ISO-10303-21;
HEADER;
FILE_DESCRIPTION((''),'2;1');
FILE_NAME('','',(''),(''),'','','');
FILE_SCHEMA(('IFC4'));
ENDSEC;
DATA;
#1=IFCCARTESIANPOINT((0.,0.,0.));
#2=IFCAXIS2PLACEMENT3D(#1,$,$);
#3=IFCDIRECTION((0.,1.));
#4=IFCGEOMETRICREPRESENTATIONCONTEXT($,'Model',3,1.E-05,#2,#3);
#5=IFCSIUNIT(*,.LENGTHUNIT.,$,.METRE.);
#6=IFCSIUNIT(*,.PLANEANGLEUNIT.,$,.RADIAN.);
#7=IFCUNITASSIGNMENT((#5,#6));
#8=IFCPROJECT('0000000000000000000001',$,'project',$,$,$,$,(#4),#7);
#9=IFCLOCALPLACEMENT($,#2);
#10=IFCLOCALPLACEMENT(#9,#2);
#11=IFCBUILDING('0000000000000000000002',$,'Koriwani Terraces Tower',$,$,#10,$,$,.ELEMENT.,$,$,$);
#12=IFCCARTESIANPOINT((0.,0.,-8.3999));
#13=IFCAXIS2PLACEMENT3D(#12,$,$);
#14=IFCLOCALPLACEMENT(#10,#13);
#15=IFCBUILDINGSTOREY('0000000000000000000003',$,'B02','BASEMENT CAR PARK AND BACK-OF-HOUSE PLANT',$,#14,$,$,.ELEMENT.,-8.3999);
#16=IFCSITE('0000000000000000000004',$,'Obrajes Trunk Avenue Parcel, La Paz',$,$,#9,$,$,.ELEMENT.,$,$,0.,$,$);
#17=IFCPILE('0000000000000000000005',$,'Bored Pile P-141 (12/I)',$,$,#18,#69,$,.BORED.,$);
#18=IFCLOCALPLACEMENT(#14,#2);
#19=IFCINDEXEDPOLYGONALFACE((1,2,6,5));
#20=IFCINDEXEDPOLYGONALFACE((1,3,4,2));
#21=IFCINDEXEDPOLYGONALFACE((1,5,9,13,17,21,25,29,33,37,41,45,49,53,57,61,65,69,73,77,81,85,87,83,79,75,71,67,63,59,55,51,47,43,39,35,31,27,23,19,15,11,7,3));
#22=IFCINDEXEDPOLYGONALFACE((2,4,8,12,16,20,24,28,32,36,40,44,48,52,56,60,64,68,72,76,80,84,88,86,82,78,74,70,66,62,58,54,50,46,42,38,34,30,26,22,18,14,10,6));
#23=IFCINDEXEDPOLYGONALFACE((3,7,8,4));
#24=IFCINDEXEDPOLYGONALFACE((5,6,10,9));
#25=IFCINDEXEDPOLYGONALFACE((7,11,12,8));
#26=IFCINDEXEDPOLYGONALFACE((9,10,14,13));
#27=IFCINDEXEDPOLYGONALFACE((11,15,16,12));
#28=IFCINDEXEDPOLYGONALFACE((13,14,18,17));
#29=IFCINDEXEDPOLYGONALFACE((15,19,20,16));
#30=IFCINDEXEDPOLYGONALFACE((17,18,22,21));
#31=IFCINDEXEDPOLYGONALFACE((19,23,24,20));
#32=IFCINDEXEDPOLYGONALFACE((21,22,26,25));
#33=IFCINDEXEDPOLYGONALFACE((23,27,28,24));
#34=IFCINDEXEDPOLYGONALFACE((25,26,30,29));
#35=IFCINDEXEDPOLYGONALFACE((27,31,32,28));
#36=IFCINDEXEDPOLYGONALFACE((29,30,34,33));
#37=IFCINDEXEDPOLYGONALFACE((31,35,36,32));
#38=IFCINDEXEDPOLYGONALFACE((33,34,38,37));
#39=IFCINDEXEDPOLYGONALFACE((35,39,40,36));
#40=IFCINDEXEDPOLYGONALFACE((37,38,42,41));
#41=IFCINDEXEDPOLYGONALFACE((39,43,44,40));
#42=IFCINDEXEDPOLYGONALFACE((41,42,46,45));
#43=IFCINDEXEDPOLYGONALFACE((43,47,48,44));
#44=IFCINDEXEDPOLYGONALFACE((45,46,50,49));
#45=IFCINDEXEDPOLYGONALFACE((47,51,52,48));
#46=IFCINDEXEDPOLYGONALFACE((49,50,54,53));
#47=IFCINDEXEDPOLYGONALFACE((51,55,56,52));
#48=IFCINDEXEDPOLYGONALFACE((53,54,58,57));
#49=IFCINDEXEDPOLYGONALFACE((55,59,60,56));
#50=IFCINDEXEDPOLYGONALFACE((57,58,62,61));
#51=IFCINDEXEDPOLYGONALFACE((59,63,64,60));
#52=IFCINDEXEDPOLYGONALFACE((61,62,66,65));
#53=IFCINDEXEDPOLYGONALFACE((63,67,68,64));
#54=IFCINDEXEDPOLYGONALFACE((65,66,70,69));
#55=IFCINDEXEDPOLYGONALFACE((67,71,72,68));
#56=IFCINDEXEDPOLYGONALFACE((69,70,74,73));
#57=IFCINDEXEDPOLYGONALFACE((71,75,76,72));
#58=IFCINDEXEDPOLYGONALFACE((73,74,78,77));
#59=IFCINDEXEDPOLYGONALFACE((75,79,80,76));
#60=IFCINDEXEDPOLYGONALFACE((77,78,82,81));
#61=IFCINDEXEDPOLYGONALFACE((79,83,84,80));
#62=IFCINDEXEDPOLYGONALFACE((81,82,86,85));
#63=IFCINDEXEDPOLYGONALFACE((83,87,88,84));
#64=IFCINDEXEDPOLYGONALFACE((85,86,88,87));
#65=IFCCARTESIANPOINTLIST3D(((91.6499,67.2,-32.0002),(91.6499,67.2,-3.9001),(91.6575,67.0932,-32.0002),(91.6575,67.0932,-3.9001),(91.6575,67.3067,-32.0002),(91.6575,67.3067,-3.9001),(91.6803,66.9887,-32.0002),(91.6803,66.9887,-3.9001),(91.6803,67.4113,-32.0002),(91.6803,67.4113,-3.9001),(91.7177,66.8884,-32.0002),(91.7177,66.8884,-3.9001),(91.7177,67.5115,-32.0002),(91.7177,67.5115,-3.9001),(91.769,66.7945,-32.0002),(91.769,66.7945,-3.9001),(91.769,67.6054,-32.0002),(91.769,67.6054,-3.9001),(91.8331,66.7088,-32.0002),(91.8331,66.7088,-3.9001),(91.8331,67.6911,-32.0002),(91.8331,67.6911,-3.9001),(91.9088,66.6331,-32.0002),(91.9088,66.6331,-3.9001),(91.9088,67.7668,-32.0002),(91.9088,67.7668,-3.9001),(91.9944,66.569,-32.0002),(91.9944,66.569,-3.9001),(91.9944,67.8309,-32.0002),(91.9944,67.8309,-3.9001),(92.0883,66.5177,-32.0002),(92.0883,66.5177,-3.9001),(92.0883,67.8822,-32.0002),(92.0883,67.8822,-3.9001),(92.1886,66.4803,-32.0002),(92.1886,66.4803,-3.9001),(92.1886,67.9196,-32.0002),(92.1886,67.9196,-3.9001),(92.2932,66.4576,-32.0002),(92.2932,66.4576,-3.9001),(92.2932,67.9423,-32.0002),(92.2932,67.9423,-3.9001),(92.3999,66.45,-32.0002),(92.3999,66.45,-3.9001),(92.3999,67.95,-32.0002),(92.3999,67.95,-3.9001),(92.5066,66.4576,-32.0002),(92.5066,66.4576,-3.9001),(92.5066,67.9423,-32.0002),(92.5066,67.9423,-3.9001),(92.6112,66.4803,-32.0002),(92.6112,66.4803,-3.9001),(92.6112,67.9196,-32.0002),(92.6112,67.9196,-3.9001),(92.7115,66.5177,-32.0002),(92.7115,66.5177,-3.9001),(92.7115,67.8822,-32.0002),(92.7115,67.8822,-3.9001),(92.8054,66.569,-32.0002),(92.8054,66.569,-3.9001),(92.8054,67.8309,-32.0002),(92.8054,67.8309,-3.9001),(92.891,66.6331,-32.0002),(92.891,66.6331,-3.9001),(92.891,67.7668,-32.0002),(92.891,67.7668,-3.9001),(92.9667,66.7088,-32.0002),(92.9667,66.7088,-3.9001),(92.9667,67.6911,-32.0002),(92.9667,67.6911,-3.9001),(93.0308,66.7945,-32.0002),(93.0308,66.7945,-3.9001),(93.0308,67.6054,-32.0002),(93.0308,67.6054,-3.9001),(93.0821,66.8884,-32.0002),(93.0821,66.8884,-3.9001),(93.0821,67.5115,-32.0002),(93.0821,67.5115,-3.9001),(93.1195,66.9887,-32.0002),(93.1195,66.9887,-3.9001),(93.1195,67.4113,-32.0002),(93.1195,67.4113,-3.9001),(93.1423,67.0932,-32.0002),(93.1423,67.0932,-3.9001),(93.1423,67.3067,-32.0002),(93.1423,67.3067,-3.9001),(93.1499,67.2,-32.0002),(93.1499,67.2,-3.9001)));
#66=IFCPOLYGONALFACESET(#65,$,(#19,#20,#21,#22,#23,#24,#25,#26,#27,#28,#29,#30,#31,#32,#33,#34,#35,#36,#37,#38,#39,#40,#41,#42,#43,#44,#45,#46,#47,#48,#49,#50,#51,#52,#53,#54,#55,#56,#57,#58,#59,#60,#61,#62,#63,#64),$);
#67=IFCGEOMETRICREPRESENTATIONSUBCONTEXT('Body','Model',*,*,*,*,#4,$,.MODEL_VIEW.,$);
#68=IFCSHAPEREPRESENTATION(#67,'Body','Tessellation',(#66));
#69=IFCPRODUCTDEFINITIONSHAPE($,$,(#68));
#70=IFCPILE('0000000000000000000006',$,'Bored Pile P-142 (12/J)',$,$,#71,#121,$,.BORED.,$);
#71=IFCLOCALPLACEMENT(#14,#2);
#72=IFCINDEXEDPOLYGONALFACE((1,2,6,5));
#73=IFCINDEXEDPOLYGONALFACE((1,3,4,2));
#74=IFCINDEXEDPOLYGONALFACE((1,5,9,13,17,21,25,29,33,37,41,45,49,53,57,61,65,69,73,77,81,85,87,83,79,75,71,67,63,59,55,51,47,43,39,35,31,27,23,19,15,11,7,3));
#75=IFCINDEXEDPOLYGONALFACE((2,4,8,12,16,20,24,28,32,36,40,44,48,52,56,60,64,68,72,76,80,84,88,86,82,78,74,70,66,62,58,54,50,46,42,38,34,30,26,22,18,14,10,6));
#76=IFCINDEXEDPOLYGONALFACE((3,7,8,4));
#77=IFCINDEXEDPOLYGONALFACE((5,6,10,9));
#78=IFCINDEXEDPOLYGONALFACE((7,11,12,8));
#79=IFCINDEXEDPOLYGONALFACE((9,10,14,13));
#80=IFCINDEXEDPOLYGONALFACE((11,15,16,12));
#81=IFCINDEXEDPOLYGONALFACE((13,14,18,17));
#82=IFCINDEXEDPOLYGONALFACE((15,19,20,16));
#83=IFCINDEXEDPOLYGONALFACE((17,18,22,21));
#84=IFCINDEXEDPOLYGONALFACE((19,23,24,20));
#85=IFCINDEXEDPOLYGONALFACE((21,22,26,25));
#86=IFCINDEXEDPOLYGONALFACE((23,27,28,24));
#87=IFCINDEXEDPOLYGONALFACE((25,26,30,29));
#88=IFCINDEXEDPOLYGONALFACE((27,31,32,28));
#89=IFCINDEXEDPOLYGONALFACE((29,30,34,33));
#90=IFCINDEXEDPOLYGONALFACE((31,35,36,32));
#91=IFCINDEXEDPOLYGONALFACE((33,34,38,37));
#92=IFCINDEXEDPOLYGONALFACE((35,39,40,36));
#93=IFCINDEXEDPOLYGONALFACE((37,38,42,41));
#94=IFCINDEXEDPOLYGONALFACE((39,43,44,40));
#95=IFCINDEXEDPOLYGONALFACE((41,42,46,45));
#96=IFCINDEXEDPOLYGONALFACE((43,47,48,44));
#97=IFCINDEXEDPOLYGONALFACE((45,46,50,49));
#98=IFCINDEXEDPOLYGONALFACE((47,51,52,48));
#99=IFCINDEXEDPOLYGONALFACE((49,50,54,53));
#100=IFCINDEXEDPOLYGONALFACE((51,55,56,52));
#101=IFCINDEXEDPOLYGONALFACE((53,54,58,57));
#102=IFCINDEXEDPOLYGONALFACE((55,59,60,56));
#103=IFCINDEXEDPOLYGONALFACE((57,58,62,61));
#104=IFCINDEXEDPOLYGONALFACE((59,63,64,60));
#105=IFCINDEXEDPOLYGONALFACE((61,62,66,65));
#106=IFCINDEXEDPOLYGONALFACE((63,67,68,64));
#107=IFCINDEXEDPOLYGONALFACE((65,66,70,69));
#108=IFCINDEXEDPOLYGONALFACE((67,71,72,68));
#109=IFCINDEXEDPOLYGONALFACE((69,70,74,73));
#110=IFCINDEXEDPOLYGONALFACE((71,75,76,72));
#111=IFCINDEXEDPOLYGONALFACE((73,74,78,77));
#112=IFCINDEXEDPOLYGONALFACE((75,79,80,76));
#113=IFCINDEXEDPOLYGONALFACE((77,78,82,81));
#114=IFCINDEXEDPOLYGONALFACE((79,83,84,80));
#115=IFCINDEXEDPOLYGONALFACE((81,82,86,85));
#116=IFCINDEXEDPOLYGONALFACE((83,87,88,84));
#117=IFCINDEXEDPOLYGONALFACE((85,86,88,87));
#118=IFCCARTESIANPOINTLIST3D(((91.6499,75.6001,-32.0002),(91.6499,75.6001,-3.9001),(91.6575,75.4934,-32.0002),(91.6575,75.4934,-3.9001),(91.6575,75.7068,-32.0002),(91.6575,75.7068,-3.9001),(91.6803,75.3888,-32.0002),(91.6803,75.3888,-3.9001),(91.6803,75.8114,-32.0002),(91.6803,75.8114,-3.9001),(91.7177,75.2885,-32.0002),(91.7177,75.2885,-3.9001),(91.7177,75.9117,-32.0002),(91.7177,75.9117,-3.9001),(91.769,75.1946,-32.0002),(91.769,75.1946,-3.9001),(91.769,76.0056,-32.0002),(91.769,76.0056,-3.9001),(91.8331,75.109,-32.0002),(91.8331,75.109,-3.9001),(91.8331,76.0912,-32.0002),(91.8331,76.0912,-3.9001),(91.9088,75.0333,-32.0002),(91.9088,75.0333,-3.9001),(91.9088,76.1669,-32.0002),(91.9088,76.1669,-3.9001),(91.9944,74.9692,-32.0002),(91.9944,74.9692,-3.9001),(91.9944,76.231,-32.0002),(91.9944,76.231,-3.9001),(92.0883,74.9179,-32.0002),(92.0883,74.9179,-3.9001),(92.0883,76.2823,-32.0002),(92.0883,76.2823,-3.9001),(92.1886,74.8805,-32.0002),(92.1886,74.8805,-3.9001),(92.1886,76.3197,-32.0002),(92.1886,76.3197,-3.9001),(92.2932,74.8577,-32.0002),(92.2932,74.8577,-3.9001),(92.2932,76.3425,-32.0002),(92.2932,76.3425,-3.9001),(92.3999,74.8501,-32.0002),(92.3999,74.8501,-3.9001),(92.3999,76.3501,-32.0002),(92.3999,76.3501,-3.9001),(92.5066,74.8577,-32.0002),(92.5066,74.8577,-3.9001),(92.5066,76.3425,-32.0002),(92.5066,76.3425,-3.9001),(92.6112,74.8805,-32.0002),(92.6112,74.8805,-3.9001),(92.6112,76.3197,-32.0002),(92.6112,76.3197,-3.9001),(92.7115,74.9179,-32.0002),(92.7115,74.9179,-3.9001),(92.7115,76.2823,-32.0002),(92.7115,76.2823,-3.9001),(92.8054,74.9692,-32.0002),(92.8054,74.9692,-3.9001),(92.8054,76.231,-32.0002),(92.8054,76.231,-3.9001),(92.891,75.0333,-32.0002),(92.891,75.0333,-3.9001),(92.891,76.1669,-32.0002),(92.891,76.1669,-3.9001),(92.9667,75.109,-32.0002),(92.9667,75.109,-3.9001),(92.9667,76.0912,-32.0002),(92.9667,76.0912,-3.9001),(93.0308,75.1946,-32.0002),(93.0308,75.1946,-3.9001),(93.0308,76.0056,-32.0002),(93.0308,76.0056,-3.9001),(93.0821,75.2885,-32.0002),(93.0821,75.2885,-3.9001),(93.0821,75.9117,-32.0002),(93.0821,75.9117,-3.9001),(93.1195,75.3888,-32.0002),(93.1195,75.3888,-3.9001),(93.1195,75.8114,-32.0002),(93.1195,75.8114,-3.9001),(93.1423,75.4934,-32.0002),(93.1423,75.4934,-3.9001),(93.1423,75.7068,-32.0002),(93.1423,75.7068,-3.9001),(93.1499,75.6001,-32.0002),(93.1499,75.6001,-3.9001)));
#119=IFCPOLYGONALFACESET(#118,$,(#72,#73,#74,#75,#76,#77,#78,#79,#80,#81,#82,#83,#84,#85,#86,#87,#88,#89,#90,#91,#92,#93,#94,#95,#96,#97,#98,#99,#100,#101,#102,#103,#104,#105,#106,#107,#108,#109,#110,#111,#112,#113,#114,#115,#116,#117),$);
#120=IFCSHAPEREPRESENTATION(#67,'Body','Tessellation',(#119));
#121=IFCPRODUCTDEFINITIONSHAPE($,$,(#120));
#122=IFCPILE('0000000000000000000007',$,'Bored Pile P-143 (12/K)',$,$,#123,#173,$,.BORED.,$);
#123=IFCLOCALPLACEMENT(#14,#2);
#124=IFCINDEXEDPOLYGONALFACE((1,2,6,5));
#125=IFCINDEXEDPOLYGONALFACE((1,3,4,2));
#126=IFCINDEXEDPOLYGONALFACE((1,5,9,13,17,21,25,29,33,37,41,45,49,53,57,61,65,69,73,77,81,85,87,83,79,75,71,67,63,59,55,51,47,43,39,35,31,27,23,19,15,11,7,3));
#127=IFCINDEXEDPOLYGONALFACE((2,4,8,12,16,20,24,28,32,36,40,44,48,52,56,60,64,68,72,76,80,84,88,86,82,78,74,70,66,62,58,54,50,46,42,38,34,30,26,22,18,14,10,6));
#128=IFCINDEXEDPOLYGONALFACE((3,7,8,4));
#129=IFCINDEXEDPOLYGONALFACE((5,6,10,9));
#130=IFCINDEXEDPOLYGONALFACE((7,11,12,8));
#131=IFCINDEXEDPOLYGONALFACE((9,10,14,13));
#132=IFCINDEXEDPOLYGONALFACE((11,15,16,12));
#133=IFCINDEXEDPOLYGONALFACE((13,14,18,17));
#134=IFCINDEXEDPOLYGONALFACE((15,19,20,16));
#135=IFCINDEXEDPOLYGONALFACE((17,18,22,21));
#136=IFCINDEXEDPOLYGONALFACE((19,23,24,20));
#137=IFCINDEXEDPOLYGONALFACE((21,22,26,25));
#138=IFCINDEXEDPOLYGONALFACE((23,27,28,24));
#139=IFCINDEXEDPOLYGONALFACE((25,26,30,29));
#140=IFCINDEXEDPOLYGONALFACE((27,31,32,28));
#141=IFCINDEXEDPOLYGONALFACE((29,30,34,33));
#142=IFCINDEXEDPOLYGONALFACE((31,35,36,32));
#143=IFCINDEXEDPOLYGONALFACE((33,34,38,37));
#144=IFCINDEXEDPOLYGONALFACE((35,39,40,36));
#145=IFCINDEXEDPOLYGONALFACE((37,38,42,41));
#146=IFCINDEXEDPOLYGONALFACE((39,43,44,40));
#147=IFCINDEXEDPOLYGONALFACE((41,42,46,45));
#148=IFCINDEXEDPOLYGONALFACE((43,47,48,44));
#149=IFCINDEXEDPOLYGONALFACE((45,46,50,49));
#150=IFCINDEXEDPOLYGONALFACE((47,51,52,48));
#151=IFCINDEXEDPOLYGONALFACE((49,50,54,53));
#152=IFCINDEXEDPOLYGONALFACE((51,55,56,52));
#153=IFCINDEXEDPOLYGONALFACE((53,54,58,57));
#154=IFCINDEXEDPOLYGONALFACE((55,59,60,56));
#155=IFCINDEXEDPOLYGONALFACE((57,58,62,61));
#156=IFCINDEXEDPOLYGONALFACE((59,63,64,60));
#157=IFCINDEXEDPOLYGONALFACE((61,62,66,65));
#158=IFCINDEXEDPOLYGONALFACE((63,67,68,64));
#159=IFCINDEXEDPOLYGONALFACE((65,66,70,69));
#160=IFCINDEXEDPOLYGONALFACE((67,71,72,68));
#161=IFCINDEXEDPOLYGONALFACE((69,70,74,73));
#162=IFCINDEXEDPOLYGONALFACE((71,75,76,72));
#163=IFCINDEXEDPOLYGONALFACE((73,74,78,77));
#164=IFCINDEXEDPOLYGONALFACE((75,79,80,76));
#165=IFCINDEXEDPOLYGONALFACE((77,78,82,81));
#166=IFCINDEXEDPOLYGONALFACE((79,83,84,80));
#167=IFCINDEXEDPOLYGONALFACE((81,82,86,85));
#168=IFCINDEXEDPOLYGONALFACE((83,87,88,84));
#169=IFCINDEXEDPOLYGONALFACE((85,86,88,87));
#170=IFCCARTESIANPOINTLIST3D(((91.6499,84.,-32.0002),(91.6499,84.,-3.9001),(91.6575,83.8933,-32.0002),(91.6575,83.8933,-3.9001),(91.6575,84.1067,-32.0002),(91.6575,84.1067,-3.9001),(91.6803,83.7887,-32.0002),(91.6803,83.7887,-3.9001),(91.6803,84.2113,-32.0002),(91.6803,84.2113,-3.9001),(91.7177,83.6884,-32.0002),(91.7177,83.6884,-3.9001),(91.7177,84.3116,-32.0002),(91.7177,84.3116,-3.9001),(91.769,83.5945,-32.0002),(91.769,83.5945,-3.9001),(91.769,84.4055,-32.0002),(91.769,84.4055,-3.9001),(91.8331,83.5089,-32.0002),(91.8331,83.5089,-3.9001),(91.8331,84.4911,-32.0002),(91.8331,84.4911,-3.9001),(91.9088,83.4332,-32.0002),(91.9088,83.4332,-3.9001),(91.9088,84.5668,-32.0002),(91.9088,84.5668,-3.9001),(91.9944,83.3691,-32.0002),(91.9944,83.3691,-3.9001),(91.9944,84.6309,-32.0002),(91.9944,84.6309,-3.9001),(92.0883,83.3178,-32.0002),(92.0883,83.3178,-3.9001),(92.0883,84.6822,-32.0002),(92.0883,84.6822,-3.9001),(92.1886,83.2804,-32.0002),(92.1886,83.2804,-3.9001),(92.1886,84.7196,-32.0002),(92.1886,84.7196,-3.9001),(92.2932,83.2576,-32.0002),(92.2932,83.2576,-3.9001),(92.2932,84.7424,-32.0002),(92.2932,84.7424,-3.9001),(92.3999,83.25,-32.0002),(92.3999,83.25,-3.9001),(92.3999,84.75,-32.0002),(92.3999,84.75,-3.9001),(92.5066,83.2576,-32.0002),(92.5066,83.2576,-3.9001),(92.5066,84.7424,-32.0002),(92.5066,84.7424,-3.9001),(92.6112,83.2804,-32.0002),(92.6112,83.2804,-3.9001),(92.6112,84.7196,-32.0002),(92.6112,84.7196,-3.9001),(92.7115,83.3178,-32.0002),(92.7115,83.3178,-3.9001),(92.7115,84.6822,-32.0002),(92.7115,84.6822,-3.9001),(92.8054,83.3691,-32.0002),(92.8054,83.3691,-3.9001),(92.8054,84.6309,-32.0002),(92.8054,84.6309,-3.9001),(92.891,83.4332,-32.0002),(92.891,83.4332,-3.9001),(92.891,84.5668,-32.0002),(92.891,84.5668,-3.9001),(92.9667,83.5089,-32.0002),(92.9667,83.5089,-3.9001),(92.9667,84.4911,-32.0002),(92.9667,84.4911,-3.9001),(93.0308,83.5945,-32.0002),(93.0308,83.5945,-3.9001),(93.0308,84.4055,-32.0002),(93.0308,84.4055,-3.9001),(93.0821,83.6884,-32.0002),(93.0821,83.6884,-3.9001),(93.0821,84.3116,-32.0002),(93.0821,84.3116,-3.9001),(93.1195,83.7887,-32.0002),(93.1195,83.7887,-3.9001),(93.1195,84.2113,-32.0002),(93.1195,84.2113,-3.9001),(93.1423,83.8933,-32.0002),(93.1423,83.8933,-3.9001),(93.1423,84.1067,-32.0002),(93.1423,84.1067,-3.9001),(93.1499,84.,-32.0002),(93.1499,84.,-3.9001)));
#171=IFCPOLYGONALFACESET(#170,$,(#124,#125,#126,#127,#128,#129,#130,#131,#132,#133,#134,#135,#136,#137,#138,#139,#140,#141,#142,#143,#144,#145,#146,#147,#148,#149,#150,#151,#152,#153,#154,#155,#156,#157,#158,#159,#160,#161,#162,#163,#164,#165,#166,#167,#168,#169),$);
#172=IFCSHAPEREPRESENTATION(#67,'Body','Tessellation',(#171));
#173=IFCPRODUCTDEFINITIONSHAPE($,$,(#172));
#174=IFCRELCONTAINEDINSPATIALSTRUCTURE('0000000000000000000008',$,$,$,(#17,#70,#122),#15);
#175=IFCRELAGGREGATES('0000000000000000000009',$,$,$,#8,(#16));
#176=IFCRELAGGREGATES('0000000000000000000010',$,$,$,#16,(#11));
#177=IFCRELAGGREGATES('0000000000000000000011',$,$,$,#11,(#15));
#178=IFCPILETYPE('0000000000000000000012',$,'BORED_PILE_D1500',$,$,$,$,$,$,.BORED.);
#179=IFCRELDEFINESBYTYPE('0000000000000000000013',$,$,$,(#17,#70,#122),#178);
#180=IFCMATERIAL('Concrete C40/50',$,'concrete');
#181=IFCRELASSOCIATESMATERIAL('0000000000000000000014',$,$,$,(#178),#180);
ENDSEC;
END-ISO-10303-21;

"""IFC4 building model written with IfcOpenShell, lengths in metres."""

from ifc_helpers import new_model, si_unit, direction, frame, origin, origin_2d, place, context, subcontext, project, spatial, circle, extrude, material, material_profile, profile_set, type_object, element, save


model = new_model("IFC4")

# Units and contexts
model_context = context("Model", 3, precision=1e-05, world=origin(), true_north=direction((0.0, 1.0)))
body_context = subcontext(model_context, "Body", "Model", "MODEL_VIEW")
ifc_project = project(units=[si_unit("LENGTHUNIT", "METRE"), si_unit("PLANEANGLEUNIT", "RADIAN")], contexts=[model_context])

# Site, building, storey
site_placement = place(None, origin())
site = spatial("IfcSite", under=ifc_project, at=site_placement, Name="Obrajes Trunk Avenue Parcel, La Paz", CompositionType="ELEMENT", RefElevation=0.0)
building_placement = place(site_placement, origin())
building = spatial("IfcBuilding", under=site, at=building_placement, Name="Koriwani Terraces Tower", CompositionType="ELEMENT")
storey_placement = place(building_placement, frame((0.0, 0.0, -8.3999)))
storey = spatial("IfcBuildingStorey", under=building, at=storey_placement, Name="B02", Description="BASEMENT CAR PARK AND BACK-OF-HOUSE PLANT", CompositionType="ELEMENT", Elevation=-8.3999)

# Piles
ifc_material_1 = material(Name="Concrete C40/50", Category="concrete")
ifc_material_profile_1 = material_profile(ifc_material_1, circle(Radius=0.75, at=origin_2d()), Name="Concrete C40/50")
ifc_profile_set_1 = profile_set([ifc_material_profile_1], Name="Concrete C40/50")
pile_type = type_object("IfcPileType", Name="BORED_PILE_D1500", PredefinedType="BORED", material=ifc_profile_set_1)
for number, where, z_axis, x_axis, name in (
    (1, (92.3999, 67.2, -3.9001), (0.0, 0.0, -1.0), (1.0, 0.0, 0.0), "Bored Pile P-141 (12/I)"),
    (2, (92.3999, 75.6001, -3.9001), (0.0, 0.0, -1.0), (1.0, 0.0, 0.0), "Bored Pile P-142 (12/J)"),
    (3, (92.3999, 84.0, -3.9001), (0.0, 0.0, -1.0), (1.0, 0.0, 0.0), "Bored Pile P-143 (12/K)"),
):
    element("IfcPile", number, at=place(storey_placement, frame(where, z_axis=z_axis, x_axis=x_axis)), inside=storey, type_object=pile_type, Name=name, PredefinedType="BORED", context=body_context, shape_type="SweptSolid", body=[
        extrude(circle(Radius=0.75, at=origin_2d()), origin(), (0.0, 0.0, 1.0), 28.1001),
    ])

save(model, "model.ifc")
